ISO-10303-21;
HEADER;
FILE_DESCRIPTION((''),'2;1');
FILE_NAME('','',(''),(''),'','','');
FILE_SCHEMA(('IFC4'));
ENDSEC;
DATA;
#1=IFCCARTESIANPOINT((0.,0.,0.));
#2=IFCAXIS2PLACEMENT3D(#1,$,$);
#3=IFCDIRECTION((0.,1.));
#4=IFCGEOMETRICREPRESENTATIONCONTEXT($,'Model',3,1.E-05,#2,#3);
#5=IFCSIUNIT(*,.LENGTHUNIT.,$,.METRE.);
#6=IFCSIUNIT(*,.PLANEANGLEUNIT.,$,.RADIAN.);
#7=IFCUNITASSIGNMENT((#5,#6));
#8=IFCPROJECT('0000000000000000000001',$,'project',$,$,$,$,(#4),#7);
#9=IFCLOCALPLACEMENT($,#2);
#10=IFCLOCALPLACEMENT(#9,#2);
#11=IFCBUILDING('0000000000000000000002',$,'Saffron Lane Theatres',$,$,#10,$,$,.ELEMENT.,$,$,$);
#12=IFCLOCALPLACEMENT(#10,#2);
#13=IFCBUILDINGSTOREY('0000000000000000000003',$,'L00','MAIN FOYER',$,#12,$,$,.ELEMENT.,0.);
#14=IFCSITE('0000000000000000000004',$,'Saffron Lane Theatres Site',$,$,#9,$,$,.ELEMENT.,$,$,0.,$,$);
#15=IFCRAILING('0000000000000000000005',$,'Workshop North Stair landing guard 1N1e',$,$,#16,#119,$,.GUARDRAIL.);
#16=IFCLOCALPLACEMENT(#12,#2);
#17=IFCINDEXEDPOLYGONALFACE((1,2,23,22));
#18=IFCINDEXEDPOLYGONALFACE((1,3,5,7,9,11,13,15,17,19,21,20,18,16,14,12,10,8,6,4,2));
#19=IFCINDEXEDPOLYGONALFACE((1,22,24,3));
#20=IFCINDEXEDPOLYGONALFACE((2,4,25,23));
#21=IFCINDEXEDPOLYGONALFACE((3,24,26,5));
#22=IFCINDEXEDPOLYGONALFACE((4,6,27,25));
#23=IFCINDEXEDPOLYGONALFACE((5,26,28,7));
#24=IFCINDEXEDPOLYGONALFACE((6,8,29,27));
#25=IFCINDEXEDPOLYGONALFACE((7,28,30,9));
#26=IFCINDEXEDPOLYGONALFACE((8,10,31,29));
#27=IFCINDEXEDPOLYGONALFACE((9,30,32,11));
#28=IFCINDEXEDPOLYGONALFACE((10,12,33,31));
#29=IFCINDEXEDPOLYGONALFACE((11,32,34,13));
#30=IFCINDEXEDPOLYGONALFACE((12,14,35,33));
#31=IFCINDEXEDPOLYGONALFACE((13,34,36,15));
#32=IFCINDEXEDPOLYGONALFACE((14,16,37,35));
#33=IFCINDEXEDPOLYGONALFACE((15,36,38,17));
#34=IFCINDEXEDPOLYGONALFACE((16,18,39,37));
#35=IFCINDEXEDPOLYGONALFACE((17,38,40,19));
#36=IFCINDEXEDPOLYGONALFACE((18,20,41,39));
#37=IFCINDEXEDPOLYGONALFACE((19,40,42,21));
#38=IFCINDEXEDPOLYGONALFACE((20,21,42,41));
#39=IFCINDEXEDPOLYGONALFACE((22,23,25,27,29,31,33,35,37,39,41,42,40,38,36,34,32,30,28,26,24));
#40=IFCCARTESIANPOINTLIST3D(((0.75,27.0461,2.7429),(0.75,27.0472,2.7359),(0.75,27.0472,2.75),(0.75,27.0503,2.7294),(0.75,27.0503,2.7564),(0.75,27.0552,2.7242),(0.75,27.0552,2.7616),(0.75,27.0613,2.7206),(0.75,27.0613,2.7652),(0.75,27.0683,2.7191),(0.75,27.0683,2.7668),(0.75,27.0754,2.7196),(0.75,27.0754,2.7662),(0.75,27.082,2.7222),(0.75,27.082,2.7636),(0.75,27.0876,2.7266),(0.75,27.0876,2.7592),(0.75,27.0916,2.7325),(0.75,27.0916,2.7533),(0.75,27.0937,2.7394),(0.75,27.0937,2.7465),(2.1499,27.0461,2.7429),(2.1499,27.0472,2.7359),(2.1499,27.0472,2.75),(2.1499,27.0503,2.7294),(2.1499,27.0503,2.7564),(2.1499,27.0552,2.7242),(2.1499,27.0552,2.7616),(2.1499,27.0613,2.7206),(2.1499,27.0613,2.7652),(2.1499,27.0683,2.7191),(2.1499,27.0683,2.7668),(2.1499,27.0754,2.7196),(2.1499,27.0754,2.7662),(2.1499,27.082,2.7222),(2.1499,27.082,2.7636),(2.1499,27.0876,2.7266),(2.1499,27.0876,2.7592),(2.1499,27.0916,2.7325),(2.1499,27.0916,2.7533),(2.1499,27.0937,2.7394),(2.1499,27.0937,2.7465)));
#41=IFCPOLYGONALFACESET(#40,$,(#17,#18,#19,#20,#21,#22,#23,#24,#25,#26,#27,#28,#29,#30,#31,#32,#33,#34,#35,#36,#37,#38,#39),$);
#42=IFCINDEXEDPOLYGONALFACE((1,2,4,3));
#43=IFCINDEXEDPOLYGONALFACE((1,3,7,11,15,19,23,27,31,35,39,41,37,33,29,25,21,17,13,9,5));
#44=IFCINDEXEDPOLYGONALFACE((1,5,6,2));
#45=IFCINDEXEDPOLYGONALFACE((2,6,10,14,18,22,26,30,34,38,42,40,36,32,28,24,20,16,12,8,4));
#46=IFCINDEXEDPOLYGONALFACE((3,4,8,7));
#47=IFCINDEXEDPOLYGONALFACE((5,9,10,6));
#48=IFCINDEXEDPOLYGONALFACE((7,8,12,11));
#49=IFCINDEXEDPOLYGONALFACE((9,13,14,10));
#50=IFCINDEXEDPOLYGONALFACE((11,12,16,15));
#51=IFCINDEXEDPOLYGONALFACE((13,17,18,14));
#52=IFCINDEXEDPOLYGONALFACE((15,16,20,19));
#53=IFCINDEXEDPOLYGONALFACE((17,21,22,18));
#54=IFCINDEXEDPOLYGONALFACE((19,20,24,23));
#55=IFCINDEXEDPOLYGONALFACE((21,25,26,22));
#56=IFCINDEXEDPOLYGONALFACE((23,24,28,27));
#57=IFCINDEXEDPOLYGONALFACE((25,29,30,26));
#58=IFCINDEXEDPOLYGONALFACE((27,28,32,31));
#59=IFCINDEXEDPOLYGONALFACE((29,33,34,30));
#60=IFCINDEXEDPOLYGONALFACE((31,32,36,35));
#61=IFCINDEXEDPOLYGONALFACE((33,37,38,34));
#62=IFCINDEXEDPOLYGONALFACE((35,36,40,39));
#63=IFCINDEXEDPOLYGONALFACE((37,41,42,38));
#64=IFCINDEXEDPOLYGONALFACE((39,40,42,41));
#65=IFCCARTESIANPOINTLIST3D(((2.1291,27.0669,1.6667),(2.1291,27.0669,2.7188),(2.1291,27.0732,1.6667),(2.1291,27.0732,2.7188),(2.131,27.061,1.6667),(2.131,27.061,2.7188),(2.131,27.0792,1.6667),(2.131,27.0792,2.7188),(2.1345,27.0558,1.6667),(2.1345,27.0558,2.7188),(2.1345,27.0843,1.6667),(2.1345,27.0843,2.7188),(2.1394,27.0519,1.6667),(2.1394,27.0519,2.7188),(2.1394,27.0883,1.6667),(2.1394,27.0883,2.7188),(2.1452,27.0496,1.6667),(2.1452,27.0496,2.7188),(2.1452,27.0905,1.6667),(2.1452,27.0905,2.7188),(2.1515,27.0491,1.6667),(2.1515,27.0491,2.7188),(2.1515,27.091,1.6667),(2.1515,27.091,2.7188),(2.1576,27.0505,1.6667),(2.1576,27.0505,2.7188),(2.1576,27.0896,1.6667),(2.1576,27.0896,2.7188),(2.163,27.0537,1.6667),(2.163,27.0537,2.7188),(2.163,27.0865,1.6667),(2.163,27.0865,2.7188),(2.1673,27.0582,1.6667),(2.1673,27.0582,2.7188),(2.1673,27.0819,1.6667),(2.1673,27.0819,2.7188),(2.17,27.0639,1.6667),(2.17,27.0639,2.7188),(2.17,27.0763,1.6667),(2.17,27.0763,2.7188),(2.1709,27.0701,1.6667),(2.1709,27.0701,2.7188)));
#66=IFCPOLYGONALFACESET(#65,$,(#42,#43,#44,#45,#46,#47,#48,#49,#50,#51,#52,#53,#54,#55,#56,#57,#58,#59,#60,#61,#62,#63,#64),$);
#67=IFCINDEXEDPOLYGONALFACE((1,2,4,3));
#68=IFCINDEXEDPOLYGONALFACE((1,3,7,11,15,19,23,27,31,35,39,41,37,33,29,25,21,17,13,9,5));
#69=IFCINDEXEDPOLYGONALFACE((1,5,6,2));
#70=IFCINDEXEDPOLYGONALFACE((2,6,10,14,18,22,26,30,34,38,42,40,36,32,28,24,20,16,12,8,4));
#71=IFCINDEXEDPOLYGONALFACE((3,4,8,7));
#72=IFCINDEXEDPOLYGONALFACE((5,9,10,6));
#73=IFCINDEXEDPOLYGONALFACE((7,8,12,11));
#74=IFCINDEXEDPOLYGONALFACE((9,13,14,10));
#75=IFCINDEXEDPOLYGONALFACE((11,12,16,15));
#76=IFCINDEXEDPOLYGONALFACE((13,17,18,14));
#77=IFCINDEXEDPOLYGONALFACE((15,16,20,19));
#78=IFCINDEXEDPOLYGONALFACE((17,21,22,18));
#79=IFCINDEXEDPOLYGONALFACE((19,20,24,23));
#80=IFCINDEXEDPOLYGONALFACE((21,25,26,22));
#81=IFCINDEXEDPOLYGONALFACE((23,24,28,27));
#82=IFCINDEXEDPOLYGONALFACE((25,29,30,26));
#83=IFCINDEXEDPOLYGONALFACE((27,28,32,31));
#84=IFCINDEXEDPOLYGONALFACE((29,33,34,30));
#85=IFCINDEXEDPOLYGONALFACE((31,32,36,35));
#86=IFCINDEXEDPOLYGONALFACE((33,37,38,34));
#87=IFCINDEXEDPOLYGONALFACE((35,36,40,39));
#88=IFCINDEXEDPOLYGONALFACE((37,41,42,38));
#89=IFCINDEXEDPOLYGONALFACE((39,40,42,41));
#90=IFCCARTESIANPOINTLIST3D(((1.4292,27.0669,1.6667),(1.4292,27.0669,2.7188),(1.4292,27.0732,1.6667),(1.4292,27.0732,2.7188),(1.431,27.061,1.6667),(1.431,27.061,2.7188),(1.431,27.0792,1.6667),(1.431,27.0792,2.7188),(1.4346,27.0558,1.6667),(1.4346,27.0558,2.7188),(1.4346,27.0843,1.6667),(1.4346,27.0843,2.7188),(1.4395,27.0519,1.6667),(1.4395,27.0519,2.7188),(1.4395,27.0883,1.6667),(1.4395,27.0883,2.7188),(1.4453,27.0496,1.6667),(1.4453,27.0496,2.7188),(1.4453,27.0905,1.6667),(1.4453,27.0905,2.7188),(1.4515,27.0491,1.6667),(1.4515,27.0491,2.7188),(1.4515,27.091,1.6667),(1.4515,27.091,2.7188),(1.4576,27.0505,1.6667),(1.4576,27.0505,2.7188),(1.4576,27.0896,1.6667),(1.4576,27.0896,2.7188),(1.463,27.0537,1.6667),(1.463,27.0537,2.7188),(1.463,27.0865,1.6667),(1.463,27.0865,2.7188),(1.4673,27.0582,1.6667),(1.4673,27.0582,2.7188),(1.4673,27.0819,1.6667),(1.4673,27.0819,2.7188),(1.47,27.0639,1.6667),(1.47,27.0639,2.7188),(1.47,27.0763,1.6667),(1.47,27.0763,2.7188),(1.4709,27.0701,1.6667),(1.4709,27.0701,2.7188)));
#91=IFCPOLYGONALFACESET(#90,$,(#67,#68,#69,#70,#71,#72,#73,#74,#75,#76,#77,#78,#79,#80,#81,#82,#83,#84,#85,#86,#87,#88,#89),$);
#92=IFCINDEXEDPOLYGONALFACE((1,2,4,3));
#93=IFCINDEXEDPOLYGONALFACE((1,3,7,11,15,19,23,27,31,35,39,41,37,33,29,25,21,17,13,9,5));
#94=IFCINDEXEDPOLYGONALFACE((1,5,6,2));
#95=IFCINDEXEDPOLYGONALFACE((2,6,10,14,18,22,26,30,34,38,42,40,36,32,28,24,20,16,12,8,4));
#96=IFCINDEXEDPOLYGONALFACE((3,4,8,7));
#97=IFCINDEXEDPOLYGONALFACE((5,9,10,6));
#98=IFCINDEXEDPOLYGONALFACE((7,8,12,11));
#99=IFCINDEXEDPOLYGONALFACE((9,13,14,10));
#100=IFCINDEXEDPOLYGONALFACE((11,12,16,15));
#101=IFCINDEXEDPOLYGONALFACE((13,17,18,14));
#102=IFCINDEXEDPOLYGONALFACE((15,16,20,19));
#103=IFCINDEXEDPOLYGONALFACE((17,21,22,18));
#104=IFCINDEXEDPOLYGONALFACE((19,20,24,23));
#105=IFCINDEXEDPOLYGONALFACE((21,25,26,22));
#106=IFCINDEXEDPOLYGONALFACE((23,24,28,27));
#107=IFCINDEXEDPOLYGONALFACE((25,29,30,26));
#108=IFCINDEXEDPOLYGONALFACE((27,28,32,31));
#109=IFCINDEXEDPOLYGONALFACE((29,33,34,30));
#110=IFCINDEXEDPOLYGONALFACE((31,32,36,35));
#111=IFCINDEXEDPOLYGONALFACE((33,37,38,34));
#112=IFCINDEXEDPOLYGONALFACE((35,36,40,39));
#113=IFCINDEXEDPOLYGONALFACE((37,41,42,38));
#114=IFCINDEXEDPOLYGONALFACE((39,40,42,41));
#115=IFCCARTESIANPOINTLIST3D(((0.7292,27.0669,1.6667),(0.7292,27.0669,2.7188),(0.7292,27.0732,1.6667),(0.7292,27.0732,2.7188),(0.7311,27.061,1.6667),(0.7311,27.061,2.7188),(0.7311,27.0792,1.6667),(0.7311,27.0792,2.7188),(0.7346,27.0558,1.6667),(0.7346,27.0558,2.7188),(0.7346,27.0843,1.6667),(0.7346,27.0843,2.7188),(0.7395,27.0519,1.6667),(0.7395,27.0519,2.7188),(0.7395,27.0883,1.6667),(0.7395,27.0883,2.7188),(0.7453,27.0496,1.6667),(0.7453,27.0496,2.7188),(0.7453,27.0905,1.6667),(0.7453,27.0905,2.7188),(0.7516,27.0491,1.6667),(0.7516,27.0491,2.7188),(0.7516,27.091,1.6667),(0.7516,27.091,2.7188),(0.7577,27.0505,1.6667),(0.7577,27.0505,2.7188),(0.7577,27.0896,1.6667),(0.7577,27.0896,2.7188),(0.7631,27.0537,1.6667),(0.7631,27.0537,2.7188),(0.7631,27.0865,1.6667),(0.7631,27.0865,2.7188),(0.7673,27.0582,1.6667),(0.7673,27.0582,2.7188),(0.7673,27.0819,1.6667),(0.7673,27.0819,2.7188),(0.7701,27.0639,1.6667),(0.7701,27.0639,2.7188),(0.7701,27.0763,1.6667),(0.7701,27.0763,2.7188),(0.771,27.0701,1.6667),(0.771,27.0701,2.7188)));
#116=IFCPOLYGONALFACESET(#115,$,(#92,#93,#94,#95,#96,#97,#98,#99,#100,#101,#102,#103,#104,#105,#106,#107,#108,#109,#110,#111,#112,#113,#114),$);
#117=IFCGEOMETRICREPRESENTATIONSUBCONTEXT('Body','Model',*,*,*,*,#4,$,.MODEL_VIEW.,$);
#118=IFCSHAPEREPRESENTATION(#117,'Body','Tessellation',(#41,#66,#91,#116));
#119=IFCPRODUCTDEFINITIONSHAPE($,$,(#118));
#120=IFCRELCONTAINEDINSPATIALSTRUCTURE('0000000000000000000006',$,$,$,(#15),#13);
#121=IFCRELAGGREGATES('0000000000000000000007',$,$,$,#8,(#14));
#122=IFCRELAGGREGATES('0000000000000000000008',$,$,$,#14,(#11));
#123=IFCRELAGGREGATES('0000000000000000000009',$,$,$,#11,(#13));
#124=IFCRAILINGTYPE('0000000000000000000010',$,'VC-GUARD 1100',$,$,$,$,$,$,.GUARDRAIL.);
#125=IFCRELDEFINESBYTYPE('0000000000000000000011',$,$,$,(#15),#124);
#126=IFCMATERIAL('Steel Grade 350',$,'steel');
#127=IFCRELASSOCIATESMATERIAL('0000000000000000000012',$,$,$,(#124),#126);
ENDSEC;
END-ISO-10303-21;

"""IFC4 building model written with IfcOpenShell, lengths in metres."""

from ifc_helpers import new_model, si_unit, direction, frame, origin, origin_2d, place, context, subcontext, project, spatial, circle, extrude, material, type_object, element, save


model = new_model("IFC4")

# Units and contexts
model_context = context("Model", 3, precision=1e-05, world=origin(), true_north=direction((0.0, 1.0)))
body_context = subcontext(model_context, "Body", "Model", "MODEL_VIEW")
ifc_project = project(units=[si_unit("LENGTHUNIT", "METRE"), si_unit("PLANEANGLEUNIT", "RADIAN")], contexts=[model_context])

# Site, building, storey
site_placement = place(None, origin())
site = spatial("IfcSite", under=ifc_project, at=site_placement, Name="Saffron Lane Theatres Site", CompositionType="ELEMENT", RefElevation=0.0)
building_placement = place(site_placement, origin())
building = spatial("IfcBuilding", under=site, at=building_placement, Name="Saffron Lane Theatres", CompositionType="ELEMENT")
storey_placement = place(building_placement, origin())
storey = spatial("IfcBuildingStorey", under=building, at=storey_placement, Name="L00", Description="MAIN FOYER", CompositionType="ELEMENT", Elevation=0.0)

# Railing
ifc_material_1 = material(Name="Steel Grade 350", Category="steel")
railing_type_1 = type_object("IfcRailingType", Name="VC-GUARD 1100", PredefinedType="GUARDRAIL", material=ifc_material_1)
railing_1_placement = place(storey_placement, frame((2.1499, 27.0701, 1.6667)))
element("IfcRailing", 1, at=railing_1_placement, inside=storey, type_object=railing_type_1, Name="Workshop North Stair landing guard 1N1e", PredefinedType="GUARDRAIL", context=body_context, shape_type="SweptSolid", body=[
    extrude(circle(Radius=0.0239, at=origin_2d()), frame((0.0, 0.0, 1.0762), z_axis=(-1.0, 0.0, 0.0), x_axis=(0.0, -1.0, 0.0)), (0.0, 0.0, 1.0), 1.3999),
    extrude(circle(Radius=0.021, at=origin_2d()), origin(), (0.0, 0.0, 1.0), 1.052),
    extrude(circle(Radius=0.021, at=origin_2d()), frame((-0.7, 0.0, 0.0)), (0.0, 0.0, 1.0), 1.052),
    extrude(circle(Radius=0.021, at=origin_2d()), frame((-1.3999, 0.0, 0.0)), (0.0, 0.0, 1.0), 1.052),
])

save(model, "model.ifc")
